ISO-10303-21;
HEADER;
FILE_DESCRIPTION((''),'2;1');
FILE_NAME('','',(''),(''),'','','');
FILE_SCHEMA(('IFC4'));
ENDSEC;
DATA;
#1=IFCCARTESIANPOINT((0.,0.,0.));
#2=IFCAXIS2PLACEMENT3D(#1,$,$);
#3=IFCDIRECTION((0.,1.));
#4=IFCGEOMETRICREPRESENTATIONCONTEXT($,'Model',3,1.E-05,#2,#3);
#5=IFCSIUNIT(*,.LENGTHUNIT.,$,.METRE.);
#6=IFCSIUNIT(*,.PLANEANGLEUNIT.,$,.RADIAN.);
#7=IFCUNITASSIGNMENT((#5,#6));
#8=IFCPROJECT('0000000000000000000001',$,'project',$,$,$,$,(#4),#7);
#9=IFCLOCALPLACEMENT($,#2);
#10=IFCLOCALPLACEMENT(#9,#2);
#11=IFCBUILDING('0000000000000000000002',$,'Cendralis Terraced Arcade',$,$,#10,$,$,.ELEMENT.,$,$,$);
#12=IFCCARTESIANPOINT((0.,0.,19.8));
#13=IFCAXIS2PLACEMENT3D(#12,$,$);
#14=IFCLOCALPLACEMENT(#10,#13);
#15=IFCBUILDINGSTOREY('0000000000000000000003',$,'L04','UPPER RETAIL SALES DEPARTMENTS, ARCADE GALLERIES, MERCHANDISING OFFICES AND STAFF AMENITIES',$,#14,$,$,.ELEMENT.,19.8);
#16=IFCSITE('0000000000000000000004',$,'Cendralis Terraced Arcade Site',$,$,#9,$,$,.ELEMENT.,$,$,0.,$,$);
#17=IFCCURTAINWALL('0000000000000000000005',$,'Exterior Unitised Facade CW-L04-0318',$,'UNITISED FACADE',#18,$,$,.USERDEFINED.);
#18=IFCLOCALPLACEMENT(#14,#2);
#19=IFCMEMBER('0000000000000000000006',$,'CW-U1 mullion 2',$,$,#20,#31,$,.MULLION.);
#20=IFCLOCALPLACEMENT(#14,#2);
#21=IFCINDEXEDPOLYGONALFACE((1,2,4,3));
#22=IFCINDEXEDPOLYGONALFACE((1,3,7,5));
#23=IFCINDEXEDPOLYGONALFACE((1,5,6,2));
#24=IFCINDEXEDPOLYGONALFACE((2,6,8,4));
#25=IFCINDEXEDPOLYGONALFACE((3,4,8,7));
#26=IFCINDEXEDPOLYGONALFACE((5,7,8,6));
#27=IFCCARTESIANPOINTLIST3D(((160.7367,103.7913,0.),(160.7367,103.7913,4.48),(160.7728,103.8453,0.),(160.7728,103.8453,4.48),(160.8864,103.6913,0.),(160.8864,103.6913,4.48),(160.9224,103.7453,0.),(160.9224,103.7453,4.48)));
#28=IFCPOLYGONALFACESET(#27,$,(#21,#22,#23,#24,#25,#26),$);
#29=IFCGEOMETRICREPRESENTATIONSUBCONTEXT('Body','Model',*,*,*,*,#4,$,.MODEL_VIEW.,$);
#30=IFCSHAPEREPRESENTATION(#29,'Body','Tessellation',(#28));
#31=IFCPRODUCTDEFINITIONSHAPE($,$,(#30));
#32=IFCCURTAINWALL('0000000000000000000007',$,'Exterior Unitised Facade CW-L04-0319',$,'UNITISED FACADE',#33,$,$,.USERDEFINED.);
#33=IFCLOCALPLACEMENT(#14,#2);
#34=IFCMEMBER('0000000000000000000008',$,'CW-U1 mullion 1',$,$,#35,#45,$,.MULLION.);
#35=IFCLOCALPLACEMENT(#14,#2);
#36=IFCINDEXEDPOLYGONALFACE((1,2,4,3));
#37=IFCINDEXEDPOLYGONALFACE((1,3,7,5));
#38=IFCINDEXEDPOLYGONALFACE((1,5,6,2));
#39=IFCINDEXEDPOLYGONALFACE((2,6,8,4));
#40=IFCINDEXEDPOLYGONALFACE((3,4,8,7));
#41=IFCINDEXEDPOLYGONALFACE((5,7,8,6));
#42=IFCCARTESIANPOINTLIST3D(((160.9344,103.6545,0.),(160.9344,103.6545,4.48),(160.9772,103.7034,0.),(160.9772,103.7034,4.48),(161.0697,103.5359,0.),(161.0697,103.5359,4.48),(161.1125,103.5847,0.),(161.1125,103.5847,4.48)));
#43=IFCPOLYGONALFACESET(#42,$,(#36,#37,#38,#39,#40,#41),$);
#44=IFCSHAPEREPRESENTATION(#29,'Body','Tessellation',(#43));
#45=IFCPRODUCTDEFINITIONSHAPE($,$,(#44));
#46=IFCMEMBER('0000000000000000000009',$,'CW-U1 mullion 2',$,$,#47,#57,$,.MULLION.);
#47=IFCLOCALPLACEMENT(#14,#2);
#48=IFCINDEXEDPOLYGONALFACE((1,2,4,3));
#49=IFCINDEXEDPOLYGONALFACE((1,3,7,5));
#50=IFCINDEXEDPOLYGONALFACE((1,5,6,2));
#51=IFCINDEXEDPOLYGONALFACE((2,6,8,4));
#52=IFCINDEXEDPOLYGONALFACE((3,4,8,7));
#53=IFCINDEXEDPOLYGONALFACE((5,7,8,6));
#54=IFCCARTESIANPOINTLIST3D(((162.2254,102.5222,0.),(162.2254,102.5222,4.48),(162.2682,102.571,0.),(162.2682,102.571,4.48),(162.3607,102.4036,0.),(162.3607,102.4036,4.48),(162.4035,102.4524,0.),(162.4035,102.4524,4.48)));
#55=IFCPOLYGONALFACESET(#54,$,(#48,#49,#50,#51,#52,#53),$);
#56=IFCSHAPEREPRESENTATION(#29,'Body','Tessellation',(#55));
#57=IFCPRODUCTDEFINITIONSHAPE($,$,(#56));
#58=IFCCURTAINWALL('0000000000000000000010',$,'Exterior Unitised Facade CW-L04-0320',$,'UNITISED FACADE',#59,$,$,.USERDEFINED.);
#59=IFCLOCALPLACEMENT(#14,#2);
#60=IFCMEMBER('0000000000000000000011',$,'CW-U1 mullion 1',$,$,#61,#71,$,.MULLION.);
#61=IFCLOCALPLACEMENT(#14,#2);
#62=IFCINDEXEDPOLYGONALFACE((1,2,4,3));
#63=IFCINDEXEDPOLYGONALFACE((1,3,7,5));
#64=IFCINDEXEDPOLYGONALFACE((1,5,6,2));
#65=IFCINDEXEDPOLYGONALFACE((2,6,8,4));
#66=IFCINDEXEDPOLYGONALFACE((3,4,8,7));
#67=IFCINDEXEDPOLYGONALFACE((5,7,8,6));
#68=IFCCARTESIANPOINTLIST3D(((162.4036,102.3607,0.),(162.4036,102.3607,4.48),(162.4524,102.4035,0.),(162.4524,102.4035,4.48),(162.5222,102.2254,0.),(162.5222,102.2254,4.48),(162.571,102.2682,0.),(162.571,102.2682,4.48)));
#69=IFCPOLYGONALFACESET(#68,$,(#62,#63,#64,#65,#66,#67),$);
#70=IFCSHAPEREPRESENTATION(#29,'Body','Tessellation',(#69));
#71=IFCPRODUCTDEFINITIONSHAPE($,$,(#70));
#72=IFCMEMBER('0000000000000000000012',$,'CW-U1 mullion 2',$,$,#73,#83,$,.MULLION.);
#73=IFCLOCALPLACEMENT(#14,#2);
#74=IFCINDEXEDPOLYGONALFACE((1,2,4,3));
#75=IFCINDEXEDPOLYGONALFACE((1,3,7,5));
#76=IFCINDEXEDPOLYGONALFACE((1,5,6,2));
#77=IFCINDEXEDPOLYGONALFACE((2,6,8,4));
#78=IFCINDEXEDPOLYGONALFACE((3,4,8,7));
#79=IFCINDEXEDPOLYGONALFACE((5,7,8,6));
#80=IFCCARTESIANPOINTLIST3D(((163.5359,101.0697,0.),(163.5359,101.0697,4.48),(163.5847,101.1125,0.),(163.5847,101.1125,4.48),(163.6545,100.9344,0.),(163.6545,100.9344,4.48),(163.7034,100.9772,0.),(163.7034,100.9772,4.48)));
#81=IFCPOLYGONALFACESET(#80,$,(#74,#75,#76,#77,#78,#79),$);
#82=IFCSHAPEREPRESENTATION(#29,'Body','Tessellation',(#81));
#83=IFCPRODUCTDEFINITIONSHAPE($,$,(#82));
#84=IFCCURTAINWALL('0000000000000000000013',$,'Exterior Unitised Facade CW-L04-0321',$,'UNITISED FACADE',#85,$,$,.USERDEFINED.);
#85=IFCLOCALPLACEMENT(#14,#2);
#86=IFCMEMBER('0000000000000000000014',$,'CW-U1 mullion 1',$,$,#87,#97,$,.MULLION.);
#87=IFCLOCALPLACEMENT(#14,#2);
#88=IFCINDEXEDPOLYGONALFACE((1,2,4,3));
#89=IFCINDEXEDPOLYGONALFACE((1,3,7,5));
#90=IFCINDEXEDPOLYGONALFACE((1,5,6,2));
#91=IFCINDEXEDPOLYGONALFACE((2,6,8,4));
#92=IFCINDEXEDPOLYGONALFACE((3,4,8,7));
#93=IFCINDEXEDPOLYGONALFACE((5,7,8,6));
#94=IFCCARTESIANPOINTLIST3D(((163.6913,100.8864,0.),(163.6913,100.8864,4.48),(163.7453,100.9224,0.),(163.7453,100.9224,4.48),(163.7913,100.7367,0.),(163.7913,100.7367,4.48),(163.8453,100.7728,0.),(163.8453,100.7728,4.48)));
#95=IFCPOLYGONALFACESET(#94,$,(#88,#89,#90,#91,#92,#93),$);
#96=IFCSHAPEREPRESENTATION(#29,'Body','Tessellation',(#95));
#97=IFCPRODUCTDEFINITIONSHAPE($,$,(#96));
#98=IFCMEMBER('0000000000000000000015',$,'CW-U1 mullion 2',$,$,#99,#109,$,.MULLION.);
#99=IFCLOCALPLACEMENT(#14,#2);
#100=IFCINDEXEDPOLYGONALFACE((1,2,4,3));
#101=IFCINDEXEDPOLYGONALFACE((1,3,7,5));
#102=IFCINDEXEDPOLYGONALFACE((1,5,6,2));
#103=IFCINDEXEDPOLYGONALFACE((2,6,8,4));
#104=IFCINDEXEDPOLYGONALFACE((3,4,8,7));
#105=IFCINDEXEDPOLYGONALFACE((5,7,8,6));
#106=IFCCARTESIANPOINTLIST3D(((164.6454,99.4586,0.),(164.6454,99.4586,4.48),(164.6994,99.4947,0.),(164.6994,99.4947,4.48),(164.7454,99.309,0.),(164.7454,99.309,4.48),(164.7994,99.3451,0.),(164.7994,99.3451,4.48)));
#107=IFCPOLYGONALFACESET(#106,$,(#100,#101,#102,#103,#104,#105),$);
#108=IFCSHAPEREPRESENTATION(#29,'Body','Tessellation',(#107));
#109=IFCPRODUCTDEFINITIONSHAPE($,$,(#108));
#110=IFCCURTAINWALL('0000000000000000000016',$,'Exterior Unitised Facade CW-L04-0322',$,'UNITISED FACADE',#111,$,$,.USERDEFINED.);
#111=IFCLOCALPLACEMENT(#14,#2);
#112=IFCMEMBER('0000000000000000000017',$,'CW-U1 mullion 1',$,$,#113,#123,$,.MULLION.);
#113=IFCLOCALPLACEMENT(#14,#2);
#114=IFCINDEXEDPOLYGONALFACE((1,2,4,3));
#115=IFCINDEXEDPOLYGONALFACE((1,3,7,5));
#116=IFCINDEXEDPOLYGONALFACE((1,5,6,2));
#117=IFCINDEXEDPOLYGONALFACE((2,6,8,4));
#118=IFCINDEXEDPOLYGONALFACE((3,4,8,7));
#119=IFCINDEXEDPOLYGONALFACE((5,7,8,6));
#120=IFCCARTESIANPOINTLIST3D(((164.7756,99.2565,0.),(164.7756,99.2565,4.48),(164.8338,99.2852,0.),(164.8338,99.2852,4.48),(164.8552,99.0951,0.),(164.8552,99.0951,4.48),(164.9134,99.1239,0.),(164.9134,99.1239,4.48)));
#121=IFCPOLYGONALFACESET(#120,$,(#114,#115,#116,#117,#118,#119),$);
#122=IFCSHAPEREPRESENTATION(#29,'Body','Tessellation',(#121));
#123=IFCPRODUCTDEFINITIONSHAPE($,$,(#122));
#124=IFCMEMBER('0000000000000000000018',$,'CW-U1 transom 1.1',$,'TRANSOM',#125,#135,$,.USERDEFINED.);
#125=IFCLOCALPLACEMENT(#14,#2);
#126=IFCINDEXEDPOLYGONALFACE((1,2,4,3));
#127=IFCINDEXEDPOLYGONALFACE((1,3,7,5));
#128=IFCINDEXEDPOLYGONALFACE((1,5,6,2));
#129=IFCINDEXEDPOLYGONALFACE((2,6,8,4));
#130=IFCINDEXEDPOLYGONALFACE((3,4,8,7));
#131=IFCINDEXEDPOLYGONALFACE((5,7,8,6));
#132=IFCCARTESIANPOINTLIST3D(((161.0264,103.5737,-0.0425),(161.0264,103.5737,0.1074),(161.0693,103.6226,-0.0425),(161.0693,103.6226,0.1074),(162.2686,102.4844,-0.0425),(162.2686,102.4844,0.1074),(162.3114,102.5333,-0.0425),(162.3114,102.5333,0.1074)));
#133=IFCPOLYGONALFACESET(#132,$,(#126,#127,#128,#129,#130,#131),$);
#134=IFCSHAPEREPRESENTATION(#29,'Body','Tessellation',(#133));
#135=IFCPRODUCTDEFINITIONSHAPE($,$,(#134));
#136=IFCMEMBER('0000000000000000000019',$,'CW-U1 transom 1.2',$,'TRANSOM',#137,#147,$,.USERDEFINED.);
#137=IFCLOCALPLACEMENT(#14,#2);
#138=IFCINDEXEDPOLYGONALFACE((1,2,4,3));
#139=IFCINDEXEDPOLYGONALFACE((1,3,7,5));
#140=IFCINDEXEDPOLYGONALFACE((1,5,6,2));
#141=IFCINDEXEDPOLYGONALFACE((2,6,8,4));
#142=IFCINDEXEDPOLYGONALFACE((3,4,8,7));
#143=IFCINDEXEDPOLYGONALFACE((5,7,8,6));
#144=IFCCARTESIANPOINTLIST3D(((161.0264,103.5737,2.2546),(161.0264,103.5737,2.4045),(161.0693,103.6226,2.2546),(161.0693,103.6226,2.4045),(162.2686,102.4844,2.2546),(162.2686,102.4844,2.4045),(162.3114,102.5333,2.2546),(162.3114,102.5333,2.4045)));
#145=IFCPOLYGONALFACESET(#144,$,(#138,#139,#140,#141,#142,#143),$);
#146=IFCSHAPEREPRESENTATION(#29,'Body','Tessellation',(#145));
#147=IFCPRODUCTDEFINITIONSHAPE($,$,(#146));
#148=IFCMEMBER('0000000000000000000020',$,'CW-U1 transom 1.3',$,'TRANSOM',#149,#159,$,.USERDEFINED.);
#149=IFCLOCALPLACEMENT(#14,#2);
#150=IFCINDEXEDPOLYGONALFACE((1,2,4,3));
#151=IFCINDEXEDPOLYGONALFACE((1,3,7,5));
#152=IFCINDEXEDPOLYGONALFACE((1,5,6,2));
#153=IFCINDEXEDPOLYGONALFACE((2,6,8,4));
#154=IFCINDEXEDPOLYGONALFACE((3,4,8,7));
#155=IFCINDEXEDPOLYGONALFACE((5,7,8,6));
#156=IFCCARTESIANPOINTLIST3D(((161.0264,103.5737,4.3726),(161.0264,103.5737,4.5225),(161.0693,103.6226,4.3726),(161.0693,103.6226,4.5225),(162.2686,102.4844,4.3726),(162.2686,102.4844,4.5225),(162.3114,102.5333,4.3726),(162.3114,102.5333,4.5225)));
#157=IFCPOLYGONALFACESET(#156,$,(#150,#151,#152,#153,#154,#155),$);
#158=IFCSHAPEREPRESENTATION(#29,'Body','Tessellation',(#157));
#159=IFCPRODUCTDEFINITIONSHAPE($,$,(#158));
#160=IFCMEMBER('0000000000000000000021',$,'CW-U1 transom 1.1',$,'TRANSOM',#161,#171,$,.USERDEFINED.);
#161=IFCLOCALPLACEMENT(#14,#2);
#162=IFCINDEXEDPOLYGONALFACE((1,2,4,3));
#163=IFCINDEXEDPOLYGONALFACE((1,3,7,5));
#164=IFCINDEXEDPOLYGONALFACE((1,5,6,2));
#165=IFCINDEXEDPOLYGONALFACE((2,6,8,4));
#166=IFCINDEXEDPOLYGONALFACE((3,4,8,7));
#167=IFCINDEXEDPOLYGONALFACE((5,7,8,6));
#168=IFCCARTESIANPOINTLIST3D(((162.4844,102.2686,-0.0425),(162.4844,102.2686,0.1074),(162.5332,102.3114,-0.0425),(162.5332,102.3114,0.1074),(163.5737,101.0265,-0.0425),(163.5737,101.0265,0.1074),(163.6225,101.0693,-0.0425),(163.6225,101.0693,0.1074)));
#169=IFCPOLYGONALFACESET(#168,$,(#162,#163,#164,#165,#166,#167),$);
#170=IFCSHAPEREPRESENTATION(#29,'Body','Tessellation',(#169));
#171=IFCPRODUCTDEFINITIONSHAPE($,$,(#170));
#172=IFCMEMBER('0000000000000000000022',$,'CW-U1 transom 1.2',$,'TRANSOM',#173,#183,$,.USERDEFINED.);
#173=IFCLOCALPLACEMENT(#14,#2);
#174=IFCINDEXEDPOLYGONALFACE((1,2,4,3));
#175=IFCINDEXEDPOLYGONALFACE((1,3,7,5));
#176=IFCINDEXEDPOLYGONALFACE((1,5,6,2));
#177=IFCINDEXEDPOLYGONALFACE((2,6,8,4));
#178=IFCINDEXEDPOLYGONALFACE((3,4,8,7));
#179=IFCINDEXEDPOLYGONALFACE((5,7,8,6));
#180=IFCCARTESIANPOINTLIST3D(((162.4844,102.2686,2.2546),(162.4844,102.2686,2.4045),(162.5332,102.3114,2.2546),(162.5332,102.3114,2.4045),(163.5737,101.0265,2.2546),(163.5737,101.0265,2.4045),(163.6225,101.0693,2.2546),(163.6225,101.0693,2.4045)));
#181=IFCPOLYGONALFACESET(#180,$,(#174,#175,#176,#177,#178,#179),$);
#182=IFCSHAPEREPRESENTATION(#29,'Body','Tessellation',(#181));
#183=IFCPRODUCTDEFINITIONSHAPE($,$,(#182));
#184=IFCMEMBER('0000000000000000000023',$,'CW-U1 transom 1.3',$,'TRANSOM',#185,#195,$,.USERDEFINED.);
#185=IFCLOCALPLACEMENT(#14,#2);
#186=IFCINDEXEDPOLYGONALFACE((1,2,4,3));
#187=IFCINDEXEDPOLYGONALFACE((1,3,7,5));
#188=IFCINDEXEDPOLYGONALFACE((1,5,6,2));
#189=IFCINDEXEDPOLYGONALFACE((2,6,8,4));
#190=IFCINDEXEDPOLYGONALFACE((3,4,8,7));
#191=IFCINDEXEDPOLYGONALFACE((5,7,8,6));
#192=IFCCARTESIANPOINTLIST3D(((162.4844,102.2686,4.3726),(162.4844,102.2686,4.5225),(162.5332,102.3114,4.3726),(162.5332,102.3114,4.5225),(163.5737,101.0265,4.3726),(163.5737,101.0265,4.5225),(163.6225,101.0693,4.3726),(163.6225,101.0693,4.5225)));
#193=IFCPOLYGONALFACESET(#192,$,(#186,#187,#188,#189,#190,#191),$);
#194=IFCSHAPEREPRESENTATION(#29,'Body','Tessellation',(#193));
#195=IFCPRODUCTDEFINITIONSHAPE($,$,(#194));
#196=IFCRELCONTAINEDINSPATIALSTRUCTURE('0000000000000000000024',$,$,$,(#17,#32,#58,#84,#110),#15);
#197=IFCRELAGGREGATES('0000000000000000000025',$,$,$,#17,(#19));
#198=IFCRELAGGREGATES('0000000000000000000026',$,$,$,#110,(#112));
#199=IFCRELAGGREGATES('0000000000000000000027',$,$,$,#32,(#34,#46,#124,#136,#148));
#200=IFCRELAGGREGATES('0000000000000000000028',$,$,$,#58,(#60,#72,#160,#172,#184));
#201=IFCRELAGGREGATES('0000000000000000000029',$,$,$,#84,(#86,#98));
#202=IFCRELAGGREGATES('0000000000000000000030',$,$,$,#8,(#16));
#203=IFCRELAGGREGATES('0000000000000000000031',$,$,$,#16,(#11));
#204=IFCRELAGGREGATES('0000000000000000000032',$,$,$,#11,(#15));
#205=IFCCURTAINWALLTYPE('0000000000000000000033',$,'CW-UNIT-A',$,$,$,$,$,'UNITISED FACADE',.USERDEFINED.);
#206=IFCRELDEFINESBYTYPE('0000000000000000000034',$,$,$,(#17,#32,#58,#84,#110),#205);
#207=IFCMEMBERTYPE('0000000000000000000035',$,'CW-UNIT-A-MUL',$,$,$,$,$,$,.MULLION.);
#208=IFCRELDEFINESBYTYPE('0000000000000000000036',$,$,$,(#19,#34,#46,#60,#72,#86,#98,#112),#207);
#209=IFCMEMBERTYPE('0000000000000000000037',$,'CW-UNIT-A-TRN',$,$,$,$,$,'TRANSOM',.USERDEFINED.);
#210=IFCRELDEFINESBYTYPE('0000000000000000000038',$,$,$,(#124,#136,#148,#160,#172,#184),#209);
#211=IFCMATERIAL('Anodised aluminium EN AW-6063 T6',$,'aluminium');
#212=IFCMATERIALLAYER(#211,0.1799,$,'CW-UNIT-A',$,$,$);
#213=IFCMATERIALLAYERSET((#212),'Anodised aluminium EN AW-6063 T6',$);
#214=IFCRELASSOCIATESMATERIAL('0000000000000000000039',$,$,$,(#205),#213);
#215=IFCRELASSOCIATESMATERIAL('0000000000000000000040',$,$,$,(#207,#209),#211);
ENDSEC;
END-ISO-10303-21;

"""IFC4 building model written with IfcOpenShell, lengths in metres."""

from ifc_helpers import new_model, si_unit, direction, frame, origin, origin_2d, place, context, subcontext, project, spatial, rectangle, extrude, material, layer, layer_set, material_profile, profile_set, type_object, element, aggregate, save


model = new_model("IFC4")

# Units and contexts
model_context = context("Model", 3, precision=1e-05, world=origin(), true_north=direction((0.0, 1.0)))
body_context = subcontext(model_context, "Body", "Model", "MODEL_VIEW")
ifc_project = project(units=[si_unit("LENGTHUNIT", "METRE"), si_unit("PLANEANGLEUNIT", "RADIAN")], contexts=[model_context])

# Site, building, storey
site_placement = place(None, origin())
site = spatial("IfcSite", under=ifc_project, at=site_placement, Name="Cendralis Terraced Arcade Site", CompositionType="ELEMENT", RefElevation=0.0)
building_placement = place(site_placement, origin())
building = spatial("IfcBuilding", under=site, at=building_placement, Name="Cendralis Terraced Arcade", CompositionType="ELEMENT")
storey_placement = place(building_placement, frame((0.0, 0.0, 19.8)))
storey = spatial("IfcBuildingStorey", under=building, at=storey_placement, Name="L04", Description="UPPER RETAIL SALES DEPARTMENTS, ARCADE GALLERIES, MERCHANDISING OFFICES AND STAFF AMENITIES", CompositionType="ELEMENT", Elevation=19.8)

# Curtain wall, member
ifc_material_1 = material(Name="Anodised aluminium EN AW-6063 T6", Category="aluminium")
ifc_layer_1 = layer(ifc_material_1, 0.1799, Name="CW-UNIT-A")
ifc_layer_set_1 = layer_set([ifc_layer_1], Name="Anodised aluminium EN AW-6063 T6")
curtain_wall_type = type_object("IfcCurtainWallType", Name="CW-UNIT-A", ElementType="UNITISED FACADE", PredefinedType="USERDEFINED", material=ifc_layer_set_1)
curtain_wall_1_placement = place(storey_placement, origin())
curtain_wall_1 = element("IfcCurtainWall", 1, at=curtain_wall_1_placement, inside=storey, type_object=curtain_wall_type, Name="Exterior Unitised Facade CW-L04-0318", ObjectType="UNITISED FACADE", PredefinedType="USERDEFINED")
ifc_material_profile_1 = material_profile(ifc_material_1, rectangle(XDim=0.0649, YDim=0.1799, at=origin_2d()), Name="ALU-MUL-65x180")
ifc_profile_set_1 = profile_set([ifc_material_profile_1], Name="Anodised aluminium EN AW-6063 T6")
member_type_1 = type_object("IfcMemberType", Name="CW-UNIT-A-MUL", PredefinedType="MULLION", material=ifc_profile_set_1)
member_1_placement = place(storey_placement, frame((160.8296, 103.7683, 0.0), z_axis=(0.0, 0.0, 1.0), x_axis=(0.555567, 0.831471, 0.0)))
member_1 = element("IfcMember", 2, at=member_1_placement, type_object=member_type_1, Name="CW-U1 mullion 2", PredefinedType="MULLION", context=body_context, shape_type="SweptSolid", body=[
    extrude(rectangle(XDim=0.0649, YDim=0.1799, at=origin_2d()), origin(), (0.0, 0.0, 1.0), 4.48),
])
aggregate(curtain_wall_1, [member_1])

# Curtain walls, members
curtain_wall_2_placement = place(storey_placement, origin())
curtain_wall_2 = element("IfcCurtainWall", 3, at=curtain_wall_2_placement, inside=storey, type_object=curtain_wall_type, Name="Exterior Unitised Facade CW-L04-0319", ObjectType="UNITISED FACADE", PredefinedType="USERDEFINED")
member_2_placement = place(storey_placement, frame((161.0234, 103.6196, 0.0), z_axis=(0.0, 0.0, 1.0), x_axis=(0.659386, 0.751804, 0.0)))
member_2 = element("IfcMember", 4, at=member_2_placement, type_object=member_type_1, Name="CW-U1 mullion 1", PredefinedType="MULLION", context=body_context, shape_type="SweptSolid", body=[
    extrude(rectangle(XDim=0.0649, YDim=0.1799, at=origin_2d()), origin(), (0.0, 0.0, 1.0), 4.48),
])
member_3_placement = place(storey_placement, frame((162.3145, 102.4873, 0.0), z_axis=(0.0, 0.0, 1.0), x_axis=(0.659386, 0.751804, 0.0)))
member_3 = element("IfcMember", 5, at=member_3_placement, type_object=member_type_1, Name="CW-U1 mullion 2", PredefinedType="MULLION", context=body_context, shape_type="SweptSolid", body=[
    extrude(rectangle(XDim=0.0649, YDim=0.1799, at=origin_2d()), origin(), (0.0, 0.0, 1.0), 4.48),
])
curtain_wall_3_placement = place(storey_placement, origin())
curtain_wall_3 = element("IfcCurtainWall", 6, at=curtain_wall_3_placement, inside=storey, type_object=curtain_wall_type, Name="Exterior Unitised Facade CW-L04-0320", ObjectType="UNITISED FACADE", PredefinedType="USERDEFINED")
member_4_placement = place(storey_placement, frame((162.4873, 102.3145, 0.0), z_axis=(0.0, 0.0, 1.0), x_axis=(0.751804, 0.659386, 0.0)))
member_4 = element("IfcMember", 7, at=member_4_placement, type_object=member_type_1, Name="CW-U1 mullion 1", PredefinedType="MULLION", context=body_context, shape_type="SweptSolid", body=[
    extrude(rectangle(XDim=0.0649, YDim=0.1799, at=origin_2d()), origin(), (0.0, 0.0, 1.0), 4.48),
])
member_5_placement = place(storey_placement, frame((163.6196, 101.0234, 0.0), z_axis=(0.0, 0.0, 1.0), x_axis=(0.751804, 0.659386, 0.0)))
member_5 = element("IfcMember", 8, at=member_5_placement, type_object=member_type_1, Name="CW-U1 mullion 2", PredefinedType="MULLION", context=body_context, shape_type="SweptSolid", body=[
    extrude(rectangle(XDim=0.0649, YDim=0.1799, at=origin_2d()), origin(), (0.0, 0.0, 1.0), 4.48),
])
curtain_wall_4_placement = place(storey_placement, origin())
curtain_wall_4 = element("IfcCurtainWall", 9, at=curtain_wall_4_placement, inside=storey, type_object=curtain_wall_type, Name="Exterior Unitised Facade CW-L04-0321", ObjectType="UNITISED FACADE", PredefinedType="USERDEFINED")
member_6_placement = place(storey_placement, frame((163.7683, 100.8296, 0.0), z_axis=(0.0, 0.0, 1.0), x_axis=(0.831471, 0.555567, 0.0)))
member_6 = element("IfcMember", 10, at=member_6_placement, type_object=member_type_1, Name="CW-U1 mullion 1", PredefinedType="MULLION", context=body_context, shape_type="SweptSolid", body=[
    extrude(rectangle(XDim=0.0649, YDim=0.1799, at=origin_2d()), origin(), (0.0, 0.0, 1.0), 4.48),
])
member_7_placement = place(storey_placement, frame((164.7224, 99.4019, 0.0), z_axis=(0.0, 0.0, 1.0), x_axis=(0.831471, 0.555567, 0.0)))
member_7 = element("IfcMember", 11, at=member_7_placement, type_object=member_type_1, Name="CW-U1 mullion 2", PredefinedType="MULLION", context=body_context, shape_type="SweptSolid", body=[
    extrude(rectangle(XDim=0.0649, YDim=0.1799, at=origin_2d()), origin(), (0.0, 0.0, 1.0), 4.48),
])

# Curtain wall, member
curtain_wall_5_placement = place(storey_placement, origin())
curtain_wall_5 = element("IfcCurtainWall", 12, at=curtain_wall_5_placement, inside=storey, type_object=curtain_wall_type, Name="Exterior Unitised Facade CW-L04-0322", ObjectType="UNITISED FACADE", PredefinedType="USERDEFINED")
member_8_placement = place(storey_placement, frame((164.8445, 99.1902, 0.0), z_axis=(0.0, 0.0, 1.0), x_axis=(0.896871, 0.442291, 0.0)))
member_8 = element("IfcMember", 13, at=member_8_placement, type_object=member_type_1, Name="CW-U1 mullion 1", PredefinedType="MULLION", context=body_context, shape_type="SweptSolid", body=[
    extrude(rectangle(XDim=0.0649, YDim=0.1799, at=origin_2d()), origin(), (0.0, 0.0, 1.0), 4.48),
])

# Members
ifc_material_profile_2 = material_profile(ifc_material_1, rectangle(XDim=0.0649, YDim=0.1499, at=origin_2d()), Name="ALU-TRN-65x150")
ifc_profile_set_2 = profile_set([ifc_material_profile_2], Name="Anodised aluminium EN AW-6063 T6")
member_type_2 = type_object("IfcMemberType", Name="CW-UNIT-A-TRN", ElementType="TRANSOM", PredefinedType="USERDEFINED", material=ifc_profile_set_2)
member_9_placement = place(storey_placement, frame((161.0479, 103.5981, 0.0325), z_axis=(0.751844, -0.659341, 0.0), x_axis=(0.659341, 0.751844, 0.0)))
member_9 = element("IfcMember", 14, at=member_9_placement, type_object=member_type_2, Name="CW-U1 transom 1.1", ObjectType="TRANSOM", PredefinedType="USERDEFINED", context=body_context, shape_type="SweptSolid", body=[
    extrude(rectangle(XDim=0.0649, YDim=0.1499, at=origin_2d()), origin(), (0.0, 0.0, 1.0), 1.6521),
])
member_10_placement = place(storey_placement, frame((161.0479, 103.5981, 2.3296), z_axis=(0.751844, -0.659341, 0.0), x_axis=(0.659341, 0.751844, 0.0)))
member_10 = element("IfcMember", 15, at=member_10_placement, type_object=member_type_2, Name="CW-U1 transom 1.2", ObjectType="TRANSOM", PredefinedType="USERDEFINED", context=body_context, shape_type="SweptSolid", body=[
    extrude(rectangle(XDim=0.0649, YDim=0.1499, at=origin_2d()), origin(), (0.0, 0.0, 1.0), 1.6521),
])
member_11_placement = place(storey_placement, frame((161.0479, 103.5981, 4.4475), z_axis=(0.751844, -0.659341, 0.0), x_axis=(0.659341, 0.751844, 0.0)))
member_11 = element("IfcMember", 16, at=member_11_placement, type_object=member_type_2, Name="CW-U1 transom 1.3", ObjectType="TRANSOM", PredefinedType="USERDEFINED", context=body_context, shape_type="SweptSolid", body=[
    extrude(rectangle(XDim=0.0649, YDim=0.1499, at=origin_2d()), origin(), (0.0, 0.0, 1.0), 1.6521),
])
member_12_placement = place(storey_placement, frame((162.5088, 102.29, 0.0325), z_axis=(0.659341, -0.751844, 0.0), x_axis=(0.751844, 0.659341, 0.0)))
member_12 = element("IfcMember", 17, at=member_12_placement, type_object=member_type_2, Name="CW-U1 transom 1.1", ObjectType="TRANSOM", PredefinedType="USERDEFINED", context=body_context, shape_type="SweptSolid", body=[
    extrude(rectangle(XDim=0.0649, YDim=0.1499, at=origin_2d()), origin(), (0.0, 0.0, 1.0), 1.6521),
])
member_13_placement = place(storey_placement, frame((162.5088, 102.29, 2.3296), z_axis=(0.659341, -0.751844, 0.0), x_axis=(0.751844, 0.659341, 0.0)))
member_13 = element("IfcMember", 18, at=member_13_placement, type_object=member_type_2, Name="CW-U1 transom 1.2", ObjectType="TRANSOM", PredefinedType="USERDEFINED", context=body_context, shape_type="SweptSolid", body=[
    extrude(rectangle(XDim=0.0649, YDim=0.1499, at=origin_2d()), origin(), (0.0, 0.0, 1.0), 1.6521),
])
member_14_placement = place(storey_placement, frame((162.5088, 102.29, 4.4475), z_axis=(0.659341, -0.751844, 0.0), x_axis=(0.751844, 0.659341, 0.0)))
member_14 = element("IfcMember", 19, at=member_14_placement, type_object=member_type_2, Name="CW-U1 transom 1.3", ObjectType="TRANSOM", PredefinedType="USERDEFINED", context=body_context, shape_type="SweptSolid", body=[
    extrude(rectangle(XDim=0.0649, YDim=0.1499, at=origin_2d()), origin(), (0.0, 0.0, 1.0), 1.6521),
])
aggregate(curtain_wall_5, [member_8])

aggregate(curtain_wall_2, [member_2, member_3, member_9, member_10, member_11])
aggregate(curtain_wall_3, [member_4, member_5, member_12, member_13, member_14])
aggregate(curtain_wall_4, [member_6, member_7])

save(model, "model.ifc")
